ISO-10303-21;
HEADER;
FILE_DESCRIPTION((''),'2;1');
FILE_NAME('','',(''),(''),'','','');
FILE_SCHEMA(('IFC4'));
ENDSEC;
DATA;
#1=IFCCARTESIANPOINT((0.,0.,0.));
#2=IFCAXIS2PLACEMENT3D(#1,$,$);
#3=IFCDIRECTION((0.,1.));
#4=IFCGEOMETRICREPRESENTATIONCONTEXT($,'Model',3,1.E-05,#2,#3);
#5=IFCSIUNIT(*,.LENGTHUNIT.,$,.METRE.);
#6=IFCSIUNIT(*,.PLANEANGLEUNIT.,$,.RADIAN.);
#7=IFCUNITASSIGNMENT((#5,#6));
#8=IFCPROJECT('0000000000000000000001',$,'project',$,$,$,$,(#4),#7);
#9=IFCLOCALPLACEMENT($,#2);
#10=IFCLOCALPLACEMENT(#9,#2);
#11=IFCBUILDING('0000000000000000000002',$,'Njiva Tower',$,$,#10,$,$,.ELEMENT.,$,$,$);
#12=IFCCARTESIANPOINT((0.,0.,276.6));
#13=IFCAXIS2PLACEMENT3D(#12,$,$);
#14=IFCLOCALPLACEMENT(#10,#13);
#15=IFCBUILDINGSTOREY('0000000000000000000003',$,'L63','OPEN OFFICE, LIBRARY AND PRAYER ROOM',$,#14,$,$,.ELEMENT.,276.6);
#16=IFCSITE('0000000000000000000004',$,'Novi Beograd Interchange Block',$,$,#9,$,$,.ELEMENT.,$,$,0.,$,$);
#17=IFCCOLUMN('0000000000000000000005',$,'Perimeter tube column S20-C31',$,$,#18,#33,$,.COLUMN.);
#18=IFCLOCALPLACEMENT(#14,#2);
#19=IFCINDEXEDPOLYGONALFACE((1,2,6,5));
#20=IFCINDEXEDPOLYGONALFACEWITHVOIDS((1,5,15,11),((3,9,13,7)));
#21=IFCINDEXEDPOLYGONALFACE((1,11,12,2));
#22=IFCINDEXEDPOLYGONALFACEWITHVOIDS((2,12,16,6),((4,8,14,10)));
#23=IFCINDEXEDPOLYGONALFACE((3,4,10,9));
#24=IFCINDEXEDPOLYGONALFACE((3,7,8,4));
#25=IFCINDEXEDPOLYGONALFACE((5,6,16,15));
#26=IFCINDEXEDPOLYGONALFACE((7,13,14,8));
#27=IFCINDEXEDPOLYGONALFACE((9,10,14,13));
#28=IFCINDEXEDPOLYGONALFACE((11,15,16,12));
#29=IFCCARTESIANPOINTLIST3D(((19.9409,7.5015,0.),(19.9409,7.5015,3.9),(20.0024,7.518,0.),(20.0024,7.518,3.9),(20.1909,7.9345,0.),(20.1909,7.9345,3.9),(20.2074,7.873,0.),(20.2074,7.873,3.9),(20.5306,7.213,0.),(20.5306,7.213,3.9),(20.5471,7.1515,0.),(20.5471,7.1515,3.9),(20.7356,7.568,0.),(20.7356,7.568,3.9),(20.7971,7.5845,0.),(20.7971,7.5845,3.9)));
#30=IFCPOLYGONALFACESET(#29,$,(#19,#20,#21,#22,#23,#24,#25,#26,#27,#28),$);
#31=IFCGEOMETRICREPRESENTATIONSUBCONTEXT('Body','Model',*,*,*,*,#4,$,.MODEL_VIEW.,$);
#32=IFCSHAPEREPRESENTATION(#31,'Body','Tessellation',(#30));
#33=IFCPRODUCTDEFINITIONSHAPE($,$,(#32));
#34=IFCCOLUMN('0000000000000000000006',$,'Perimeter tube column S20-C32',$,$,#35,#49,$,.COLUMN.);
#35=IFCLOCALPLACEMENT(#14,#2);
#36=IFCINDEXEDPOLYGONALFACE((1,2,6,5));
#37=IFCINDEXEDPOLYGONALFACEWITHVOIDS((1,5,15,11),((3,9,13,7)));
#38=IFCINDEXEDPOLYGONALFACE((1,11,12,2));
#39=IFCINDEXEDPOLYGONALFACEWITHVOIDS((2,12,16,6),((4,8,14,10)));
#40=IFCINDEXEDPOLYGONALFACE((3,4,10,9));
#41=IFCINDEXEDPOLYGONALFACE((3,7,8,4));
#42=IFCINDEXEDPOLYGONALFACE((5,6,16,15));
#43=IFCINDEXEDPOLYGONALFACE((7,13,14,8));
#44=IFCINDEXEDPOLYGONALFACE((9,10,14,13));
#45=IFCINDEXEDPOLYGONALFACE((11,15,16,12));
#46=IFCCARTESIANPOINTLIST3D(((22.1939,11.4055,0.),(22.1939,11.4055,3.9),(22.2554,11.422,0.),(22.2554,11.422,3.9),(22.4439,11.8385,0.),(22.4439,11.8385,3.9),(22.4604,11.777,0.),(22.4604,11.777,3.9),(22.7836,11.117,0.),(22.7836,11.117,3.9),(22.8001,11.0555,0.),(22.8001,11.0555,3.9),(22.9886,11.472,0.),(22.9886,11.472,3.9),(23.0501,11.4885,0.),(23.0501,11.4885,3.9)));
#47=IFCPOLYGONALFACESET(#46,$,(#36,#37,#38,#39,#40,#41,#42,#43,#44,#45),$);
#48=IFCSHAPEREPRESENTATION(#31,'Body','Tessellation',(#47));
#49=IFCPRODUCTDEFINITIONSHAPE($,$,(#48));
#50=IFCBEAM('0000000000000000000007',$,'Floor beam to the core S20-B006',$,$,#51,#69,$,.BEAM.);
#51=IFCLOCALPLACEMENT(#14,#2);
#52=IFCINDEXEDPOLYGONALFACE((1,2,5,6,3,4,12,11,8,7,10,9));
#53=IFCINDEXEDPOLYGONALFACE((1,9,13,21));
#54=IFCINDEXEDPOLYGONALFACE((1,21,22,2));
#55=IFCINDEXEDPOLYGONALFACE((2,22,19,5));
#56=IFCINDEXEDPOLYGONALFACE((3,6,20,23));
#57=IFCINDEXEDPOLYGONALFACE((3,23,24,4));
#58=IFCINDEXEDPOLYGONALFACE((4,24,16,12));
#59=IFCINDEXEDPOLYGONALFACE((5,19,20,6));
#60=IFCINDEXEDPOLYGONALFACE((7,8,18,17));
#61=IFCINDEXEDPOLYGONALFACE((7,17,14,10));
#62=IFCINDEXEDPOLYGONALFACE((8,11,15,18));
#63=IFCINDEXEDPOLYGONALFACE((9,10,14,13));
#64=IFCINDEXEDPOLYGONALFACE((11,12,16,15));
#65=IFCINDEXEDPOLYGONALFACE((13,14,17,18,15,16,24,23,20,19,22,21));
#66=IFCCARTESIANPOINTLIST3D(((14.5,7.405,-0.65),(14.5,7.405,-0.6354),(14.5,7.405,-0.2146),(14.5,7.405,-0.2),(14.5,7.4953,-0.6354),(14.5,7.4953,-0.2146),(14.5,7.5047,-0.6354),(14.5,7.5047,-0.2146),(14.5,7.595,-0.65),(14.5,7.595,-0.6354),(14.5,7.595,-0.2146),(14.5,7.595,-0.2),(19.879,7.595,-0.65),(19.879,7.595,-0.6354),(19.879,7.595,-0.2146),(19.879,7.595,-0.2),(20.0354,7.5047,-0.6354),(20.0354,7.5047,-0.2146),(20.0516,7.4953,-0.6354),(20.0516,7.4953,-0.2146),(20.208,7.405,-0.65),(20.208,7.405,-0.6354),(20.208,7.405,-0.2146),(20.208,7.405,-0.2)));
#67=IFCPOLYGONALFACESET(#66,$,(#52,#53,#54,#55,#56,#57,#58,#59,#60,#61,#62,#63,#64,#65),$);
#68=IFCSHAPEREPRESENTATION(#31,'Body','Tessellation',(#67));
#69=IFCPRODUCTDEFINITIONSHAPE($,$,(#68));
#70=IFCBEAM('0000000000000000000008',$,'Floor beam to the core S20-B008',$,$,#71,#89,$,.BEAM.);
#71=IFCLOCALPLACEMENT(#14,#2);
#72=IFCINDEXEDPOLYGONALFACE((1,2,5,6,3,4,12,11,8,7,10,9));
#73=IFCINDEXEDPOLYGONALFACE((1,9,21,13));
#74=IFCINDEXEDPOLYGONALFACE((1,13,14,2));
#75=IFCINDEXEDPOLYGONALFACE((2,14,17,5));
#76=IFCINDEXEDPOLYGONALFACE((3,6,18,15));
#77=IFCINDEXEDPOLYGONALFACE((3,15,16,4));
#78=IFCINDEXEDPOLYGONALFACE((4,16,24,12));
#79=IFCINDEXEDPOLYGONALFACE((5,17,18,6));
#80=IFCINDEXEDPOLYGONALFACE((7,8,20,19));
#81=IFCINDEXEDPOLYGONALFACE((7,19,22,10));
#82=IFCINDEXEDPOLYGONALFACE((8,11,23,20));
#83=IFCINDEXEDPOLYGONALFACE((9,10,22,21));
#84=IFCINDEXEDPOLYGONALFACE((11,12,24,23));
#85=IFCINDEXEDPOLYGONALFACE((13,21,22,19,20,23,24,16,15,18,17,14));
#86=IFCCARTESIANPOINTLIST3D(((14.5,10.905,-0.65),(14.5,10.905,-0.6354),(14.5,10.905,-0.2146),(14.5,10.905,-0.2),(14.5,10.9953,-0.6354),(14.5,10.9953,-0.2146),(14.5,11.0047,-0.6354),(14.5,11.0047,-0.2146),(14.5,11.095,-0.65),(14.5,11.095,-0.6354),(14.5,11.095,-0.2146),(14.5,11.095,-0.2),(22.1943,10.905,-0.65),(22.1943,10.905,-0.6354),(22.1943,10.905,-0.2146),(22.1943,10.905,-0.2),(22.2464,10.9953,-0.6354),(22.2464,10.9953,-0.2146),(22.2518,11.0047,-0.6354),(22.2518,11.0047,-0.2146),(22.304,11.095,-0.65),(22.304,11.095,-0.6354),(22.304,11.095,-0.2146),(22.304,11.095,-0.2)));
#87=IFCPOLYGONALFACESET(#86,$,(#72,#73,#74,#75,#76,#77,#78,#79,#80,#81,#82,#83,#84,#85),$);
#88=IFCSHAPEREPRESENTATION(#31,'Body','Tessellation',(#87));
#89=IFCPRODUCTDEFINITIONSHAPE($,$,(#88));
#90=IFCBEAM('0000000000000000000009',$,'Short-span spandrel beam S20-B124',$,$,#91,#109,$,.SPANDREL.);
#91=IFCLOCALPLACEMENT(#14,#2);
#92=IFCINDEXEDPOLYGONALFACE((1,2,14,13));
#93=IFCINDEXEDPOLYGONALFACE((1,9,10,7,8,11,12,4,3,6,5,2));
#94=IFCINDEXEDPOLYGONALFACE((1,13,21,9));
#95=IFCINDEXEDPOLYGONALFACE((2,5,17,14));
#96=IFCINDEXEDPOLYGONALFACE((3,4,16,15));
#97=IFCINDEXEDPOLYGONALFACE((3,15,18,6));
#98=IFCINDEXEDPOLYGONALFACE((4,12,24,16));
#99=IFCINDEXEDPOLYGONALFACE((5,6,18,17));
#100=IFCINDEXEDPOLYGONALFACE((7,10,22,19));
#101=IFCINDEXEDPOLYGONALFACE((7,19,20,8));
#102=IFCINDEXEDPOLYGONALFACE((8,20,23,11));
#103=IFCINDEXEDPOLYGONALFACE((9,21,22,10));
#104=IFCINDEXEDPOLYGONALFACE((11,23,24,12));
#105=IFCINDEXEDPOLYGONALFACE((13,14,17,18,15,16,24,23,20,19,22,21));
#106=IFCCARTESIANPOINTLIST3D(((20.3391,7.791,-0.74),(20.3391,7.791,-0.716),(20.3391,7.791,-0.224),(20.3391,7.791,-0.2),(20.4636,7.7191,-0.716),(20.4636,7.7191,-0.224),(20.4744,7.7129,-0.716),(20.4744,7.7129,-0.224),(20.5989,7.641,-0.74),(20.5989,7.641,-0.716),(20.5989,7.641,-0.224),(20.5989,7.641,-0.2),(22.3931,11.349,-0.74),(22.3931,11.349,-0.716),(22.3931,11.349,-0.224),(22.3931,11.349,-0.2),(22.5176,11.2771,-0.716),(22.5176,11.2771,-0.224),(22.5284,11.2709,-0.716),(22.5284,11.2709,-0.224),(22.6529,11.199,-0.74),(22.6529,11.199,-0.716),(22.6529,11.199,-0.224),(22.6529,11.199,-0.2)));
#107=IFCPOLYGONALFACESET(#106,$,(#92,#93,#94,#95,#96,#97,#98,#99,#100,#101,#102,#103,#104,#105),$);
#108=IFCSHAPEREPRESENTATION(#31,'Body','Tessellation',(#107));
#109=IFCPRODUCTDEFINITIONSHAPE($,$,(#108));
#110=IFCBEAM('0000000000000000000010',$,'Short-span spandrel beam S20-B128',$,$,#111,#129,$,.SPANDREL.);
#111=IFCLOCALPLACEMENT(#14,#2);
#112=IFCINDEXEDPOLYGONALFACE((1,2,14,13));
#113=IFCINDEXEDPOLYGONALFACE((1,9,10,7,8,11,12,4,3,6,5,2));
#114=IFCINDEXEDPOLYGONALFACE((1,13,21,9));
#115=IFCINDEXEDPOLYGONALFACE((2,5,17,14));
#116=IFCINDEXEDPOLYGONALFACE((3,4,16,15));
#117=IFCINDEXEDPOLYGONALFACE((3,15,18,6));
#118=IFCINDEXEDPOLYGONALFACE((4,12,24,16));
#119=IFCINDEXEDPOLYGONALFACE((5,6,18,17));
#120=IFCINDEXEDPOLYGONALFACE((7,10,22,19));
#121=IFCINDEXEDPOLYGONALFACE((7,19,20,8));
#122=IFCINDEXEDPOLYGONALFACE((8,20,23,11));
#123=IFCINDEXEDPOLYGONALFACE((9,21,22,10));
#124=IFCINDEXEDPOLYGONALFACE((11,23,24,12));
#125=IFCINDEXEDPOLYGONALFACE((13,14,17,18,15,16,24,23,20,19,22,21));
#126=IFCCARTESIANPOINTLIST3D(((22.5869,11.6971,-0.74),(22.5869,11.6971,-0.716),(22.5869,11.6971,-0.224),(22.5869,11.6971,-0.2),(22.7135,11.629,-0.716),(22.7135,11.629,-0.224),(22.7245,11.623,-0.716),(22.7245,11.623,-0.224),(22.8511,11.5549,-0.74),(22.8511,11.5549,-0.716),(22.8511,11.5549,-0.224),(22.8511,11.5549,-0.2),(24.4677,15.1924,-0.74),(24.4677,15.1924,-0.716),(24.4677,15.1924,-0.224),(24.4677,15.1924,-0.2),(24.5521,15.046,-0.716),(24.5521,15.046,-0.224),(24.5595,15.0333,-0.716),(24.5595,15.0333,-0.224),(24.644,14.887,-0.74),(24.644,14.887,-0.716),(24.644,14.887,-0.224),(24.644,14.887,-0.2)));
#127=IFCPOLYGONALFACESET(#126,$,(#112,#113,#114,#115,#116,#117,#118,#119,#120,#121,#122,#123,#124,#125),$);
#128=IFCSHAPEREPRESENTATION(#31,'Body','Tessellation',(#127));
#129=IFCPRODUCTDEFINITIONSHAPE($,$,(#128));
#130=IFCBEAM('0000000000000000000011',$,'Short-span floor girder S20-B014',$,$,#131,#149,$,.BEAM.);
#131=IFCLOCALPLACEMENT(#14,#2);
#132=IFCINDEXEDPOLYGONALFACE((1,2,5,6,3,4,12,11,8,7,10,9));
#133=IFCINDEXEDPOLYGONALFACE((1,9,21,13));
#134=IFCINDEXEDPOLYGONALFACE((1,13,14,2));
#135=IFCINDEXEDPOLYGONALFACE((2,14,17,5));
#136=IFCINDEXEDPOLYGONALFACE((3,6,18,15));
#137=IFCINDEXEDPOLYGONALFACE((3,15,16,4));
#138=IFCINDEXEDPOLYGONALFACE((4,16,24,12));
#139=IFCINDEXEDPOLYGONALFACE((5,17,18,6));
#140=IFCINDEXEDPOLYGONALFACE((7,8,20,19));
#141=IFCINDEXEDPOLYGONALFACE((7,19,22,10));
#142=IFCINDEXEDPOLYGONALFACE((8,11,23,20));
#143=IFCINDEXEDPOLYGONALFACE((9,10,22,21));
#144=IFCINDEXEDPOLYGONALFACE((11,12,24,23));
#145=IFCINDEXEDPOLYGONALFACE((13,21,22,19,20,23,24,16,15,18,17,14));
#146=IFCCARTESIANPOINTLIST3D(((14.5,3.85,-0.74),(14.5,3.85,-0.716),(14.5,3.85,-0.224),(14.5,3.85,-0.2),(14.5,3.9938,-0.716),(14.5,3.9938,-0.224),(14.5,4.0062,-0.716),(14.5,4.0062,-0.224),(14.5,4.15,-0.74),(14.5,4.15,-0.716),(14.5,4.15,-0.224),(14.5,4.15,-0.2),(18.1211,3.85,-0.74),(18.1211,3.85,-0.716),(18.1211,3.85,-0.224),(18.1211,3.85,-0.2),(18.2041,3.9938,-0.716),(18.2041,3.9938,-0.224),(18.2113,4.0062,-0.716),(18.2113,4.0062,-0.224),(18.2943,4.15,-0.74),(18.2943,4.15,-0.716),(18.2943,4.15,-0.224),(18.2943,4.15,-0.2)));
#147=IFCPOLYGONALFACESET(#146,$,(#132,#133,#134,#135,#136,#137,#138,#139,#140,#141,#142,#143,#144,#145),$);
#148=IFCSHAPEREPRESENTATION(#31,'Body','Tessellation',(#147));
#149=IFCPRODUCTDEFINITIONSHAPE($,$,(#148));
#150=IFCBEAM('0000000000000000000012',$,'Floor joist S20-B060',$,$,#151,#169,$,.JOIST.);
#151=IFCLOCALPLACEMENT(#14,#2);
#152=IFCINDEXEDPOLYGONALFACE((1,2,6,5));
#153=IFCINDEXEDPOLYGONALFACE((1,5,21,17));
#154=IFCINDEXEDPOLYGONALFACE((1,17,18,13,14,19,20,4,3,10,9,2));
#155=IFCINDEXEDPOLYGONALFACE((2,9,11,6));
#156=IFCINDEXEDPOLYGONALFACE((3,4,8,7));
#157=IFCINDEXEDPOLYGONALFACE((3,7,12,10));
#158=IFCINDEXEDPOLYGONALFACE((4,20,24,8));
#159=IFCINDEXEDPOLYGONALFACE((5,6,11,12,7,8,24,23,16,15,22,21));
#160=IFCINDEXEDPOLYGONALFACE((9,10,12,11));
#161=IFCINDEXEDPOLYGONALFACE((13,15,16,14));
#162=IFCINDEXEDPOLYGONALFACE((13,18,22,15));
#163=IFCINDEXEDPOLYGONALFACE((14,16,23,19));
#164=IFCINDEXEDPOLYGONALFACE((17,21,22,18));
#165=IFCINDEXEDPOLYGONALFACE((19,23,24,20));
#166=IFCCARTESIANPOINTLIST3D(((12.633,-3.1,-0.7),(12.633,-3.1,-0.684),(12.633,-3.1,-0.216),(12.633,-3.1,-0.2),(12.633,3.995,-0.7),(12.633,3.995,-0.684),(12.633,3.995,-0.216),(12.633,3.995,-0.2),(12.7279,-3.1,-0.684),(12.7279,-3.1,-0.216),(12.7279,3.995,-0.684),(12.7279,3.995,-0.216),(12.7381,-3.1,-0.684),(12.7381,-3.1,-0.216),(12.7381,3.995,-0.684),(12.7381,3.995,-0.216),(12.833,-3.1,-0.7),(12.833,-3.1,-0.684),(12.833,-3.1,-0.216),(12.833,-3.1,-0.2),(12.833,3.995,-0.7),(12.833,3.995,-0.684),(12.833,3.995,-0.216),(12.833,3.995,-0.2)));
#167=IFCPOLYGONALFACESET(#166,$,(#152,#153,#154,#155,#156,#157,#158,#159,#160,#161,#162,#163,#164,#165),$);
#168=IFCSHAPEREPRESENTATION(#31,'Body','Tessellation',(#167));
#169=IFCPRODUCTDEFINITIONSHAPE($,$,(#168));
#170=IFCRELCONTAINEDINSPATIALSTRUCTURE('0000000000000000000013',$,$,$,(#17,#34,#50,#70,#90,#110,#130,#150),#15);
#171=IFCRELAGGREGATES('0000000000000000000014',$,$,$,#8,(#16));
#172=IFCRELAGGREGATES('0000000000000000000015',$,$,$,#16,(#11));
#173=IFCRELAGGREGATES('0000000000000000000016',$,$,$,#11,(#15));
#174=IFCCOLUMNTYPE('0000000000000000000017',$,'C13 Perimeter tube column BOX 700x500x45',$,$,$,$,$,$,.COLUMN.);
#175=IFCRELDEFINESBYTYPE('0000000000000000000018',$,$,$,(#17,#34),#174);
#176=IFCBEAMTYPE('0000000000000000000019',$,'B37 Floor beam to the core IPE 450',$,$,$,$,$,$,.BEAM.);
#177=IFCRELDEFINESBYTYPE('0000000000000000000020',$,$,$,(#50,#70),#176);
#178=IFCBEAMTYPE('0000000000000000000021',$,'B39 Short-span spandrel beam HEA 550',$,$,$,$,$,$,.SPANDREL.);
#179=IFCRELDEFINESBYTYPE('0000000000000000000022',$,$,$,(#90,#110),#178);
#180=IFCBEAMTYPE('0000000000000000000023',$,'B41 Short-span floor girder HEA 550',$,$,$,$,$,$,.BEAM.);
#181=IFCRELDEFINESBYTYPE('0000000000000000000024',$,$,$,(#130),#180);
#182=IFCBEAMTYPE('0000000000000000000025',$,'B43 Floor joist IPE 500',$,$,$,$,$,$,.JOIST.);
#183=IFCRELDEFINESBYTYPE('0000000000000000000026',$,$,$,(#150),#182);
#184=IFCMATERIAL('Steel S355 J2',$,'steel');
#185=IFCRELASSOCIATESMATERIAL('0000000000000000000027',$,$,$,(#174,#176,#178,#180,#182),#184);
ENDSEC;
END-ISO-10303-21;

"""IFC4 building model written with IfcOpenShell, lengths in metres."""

from ifc_helpers import new_model, si_unit, direction, frame, origin, origin_2d, place, context, subcontext, project, spatial, hollow_rectangle, i_section, extrude, clip, halfspace, material, material_profile, profile_set, type_object, element, save


model = new_model("IFC4")

# Units and contexts
model_context = context("Model", 3, precision=1e-05, world=origin(), true_north=direction((0.0, 1.0)))
body_context = subcontext(model_context, "Body", "Model", "MODEL_VIEW")
ifc_project = project(units=[si_unit("LENGTHUNIT", "METRE"), si_unit("PLANEANGLEUNIT", "RADIAN")], contexts=[model_context])

# Site, building, storey
site_placement = place(None, origin())
site = spatial("IfcSite", under=ifc_project, at=site_placement, Name="Novi Beograd Interchange Block", CompositionType="ELEMENT", RefElevation=0.0)
building_placement = place(site_placement, origin())
building = spatial("IfcBuilding", under=site, at=building_placement, Name="Njiva Tower", CompositionType="ELEMENT")
storey_placement = place(building_placement, frame((0.0, 0.0, 276.6)))
storey = spatial("IfcBuildingStorey", under=building, at=storey_placement, Name="L63", Description="OPEN OFFICE, LIBRARY AND PRAYER ROOM", CompositionType="ELEMENT", Elevation=276.6)

# Columns
ifc_material_1 = material(Name="Steel S355 J2", Category="steel")
ifc_material_profile_1 = material_profile(ifc_material_1, hollow_rectangle(XDim=0.5, YDim=0.7, WallThickness=0.045, at=origin_2d()), Name="BOX 700x500x45")
ifc_profile_set_1 = profile_set([ifc_material_profile_1], Name="Steel S355 J2")
column_type = type_object("IfcColumnType", Name="C13 Perimeter tube column BOX 700x500x45", PredefinedType="COLUMN", material=ifc_profile_set_1)
for number, where, z_axis, x_axis, name in (
    (1, (20.369, 7.543, 0.0), (0.0, 0.0, 1.0), (0.5, 0.866025, 0.0), "Perimeter tube column S20-C31"),
    (2, (22.622, 11.447, 0.0), (0.0, 0.0, 1.0), (0.5, 0.866025, 0.0), "Perimeter tube column S20-C32"),
):
    element("IfcColumn", number, at=place(storey_placement, frame(where, z_axis=z_axis, x_axis=x_axis)), inside=storey, type_object=column_type, Name=name, PredefinedType="COLUMN", context=body_context, shape_type="SweptSolid", body=[
        extrude(hollow_rectangle(XDim=0.5, YDim=0.7, WallThickness=0.045, at=origin_2d()), origin(), (0.0, 0.0, 1.0), 3.9),
    ])

# Beams
ifc_material_profile_2 = material_profile(ifc_material_1, i_section(OverallWidth=0.19, OverallDepth=0.45, WebThickness=0.0094, FlangeThickness=0.0146, at=origin_2d()), Name="IPE 450")
ifc_profile_set_2 = profile_set([ifc_material_profile_2], Name="Steel S355 J2")
beam_type_1 = type_object("IfcBeamType", Name="B37 Floor beam to the core IPE 450", PredefinedType="BEAM", material=ifc_profile_set_2)
beam_1_placement = place(storey_placement, frame((14.5, 7.5, -0.425), z_axis=(1.0, 0.0, 0.0), x_axis=(0.0, 1.0, 0.0)))
element("IfcBeam", 3, at=beam_1_placement, inside=storey, type_object=beam_type_1, Name="Floor beam to the core S20-B006", PredefinedType="BEAM", context=body_context, shape_type="Clipping", body=[
    clip(extrude(i_section(OverallWidth=0.19, OverallDepth=0.45, WebThickness=0.0094, FlangeThickness=0.0146, at=origin_2d()), origin(), (0.0, 0.0, 1.0), 5.728), halfspace(frame((0.0433, 0.0, 5.4685), z_axis=(0.866027, 0.0, 0.499998), x_axis=(0.0, 1.0, 0.0)), False)),
])
beam_2_placement = place(storey_placement, frame((14.5, 11.0, -0.425), z_axis=(1.0, 0.0, 0.0), x_axis=(0.0, 1.0, 0.0)))
element("IfcBeam", 4, at=beam_2_placement, inside=storey, type_object=beam_type_1, Name="Floor beam to the core S20-B008", PredefinedType="BEAM", context=body_context, shape_type="Clipping", body=[
    clip(extrude(i_section(OverallWidth=0.19, OverallDepth=0.45, WebThickness=0.0094, FlangeThickness=0.0146, at=origin_2d()), origin(), (0.0, 0.0, 1.0), 7.824), halfspace(frame((-0.025, 0.0, 7.7347), z_axis=(-0.499998, 0.0, 0.866027), x_axis=(0.0, 1.0, 0.0)), False)),
])
ifc_material_profile_3 = material_profile(ifc_material_1, i_section(OverallWidth=0.3, OverallDepth=0.54, WebThickness=0.0125, FlangeThickness=0.024, at=origin_2d()), Name="HEA 550")
ifc_profile_set_3 = profile_set([ifc_material_profile_3], Name="Steel S355 J2")
beam_type_2 = type_object("IfcBeamType", Name="B39 Short-span spandrel beam HEA 550", PredefinedType="SPANDREL", material=ifc_profile_set_3)
beam_3_placement = place(storey_placement, frame((20.469, 7.716, -0.47), z_axis=(0.499961, 0.866048, 0.0), x_axis=(-0.866048, 0.499961, 0.0)))
element("IfcBeam", 5, at=beam_3_placement, inside=storey, type_object=beam_type_2, Name="Short-span spandrel beam S20-B124", PredefinedType="SPANDREL", context=body_context, shape_type="SweptSolid", body=[
    extrude(i_section(OverallWidth=0.3, OverallDepth=0.54, WebThickness=0.0125, FlangeThickness=0.024, at=origin_2d()), origin(), (0.0, 0.0, 1.0), 4.1083),
])
beam_4_placement = place(storey_placement, frame((22.719, 11.626, -0.47), z_axis=(0.473838, 0.880612, 0.0), x_axis=(-0.880612, 0.473838, 0.0)))
element("IfcBeam", 6, at=beam_4_placement, inside=storey, type_object=beam_type_2, Name="Short-span spandrel beam S20-B128", PredefinedType="SPANDREL", context=body_context, shape_type="Clipping", body=[
    clip(extrude(i_section(OverallWidth=0.3, OverallDepth=0.54, WebThickness=0.0125, FlangeThickness=0.024, at=origin_2d()), origin(), (0.0, 0.0, 1.0), 3.9898), halfspace(frame((-0.026, 0.0, 3.8604), z_axis=(-0.525715, 0.0, 0.850661), x_axis=(0.0, 1.0, 0.0)), False)),
])
ifc_material_profile_4 = material_profile(ifc_material_1, i_section(OverallWidth=0.3, OverallDepth=0.54, WebThickness=0.0125, FlangeThickness=0.024, at=origin_2d()), Name="HEA 550")
ifc_profile_set_4 = profile_set([ifc_material_profile_4], Name="Steel S355 J2")
beam_type_3 = type_object("IfcBeamType", Name="B41 Short-span floor girder HEA 550", PredefinedType="BEAM", material=ifc_profile_set_4)
beam_5_placement = place(storey_placement, frame((14.5, 4.0, -0.47), z_axis=(1.0, 0.0, 0.0), x_axis=(0.0, 1.0, 0.0)))
element("IfcBeam", 7, at=beam_5_placement, inside=storey, type_object=beam_type_3, Name="Short-span floor girder S20-B014", PredefinedType="BEAM", context=body_context, shape_type="Clipping", body=[
    clip(extrude(i_section(OverallWidth=0.3, OverallDepth=0.54, WebThickness=0.0125, FlangeThickness=0.024, at=origin_2d()), origin(), (0.0, 0.0, 1.0), 3.815), halfspace(frame((-0.025, 0.0, 3.6933), z_axis=(-0.499998, 0.0, 0.866027), x_axis=(0.0, 1.0, 0.0)), False)),
])
ifc_material_profile_5 = material_profile(ifc_material_1, i_section(OverallWidth=0.2, OverallDepth=0.5, WebThickness=0.0102, FlangeThickness=0.016, at=origin_2d()), Name="IPE 500")
ifc_profile_set_5 = profile_set([ifc_material_profile_5], Name="Steel S355 J2")
beam_type_4 = type_object("IfcBeamType", Name="B43 Floor joist IPE 500", PredefinedType="JOIST", material=ifc_profile_set_5)
beam_6_placement = place(storey_placement, frame((12.733, 3.995, -0.45), z_axis=(0.0, -1.0, 0.0), x_axis=(1.0, 0.0, 0.0)))
element("IfcBeam", 8, at=beam_6_placement, inside=storey, type_object=beam_type_4, Name="Floor joist S20-B060", PredefinedType="JOIST", context=body_context, shape_type="SweptSolid", body=[
    extrude(i_section(OverallWidth=0.2, OverallDepth=0.5, WebThickness=0.0102, FlangeThickness=0.016, at=origin_2d()), origin(), (0.0, 0.0, 1.0), 7.095),
])

save(model, "model.ifc")
